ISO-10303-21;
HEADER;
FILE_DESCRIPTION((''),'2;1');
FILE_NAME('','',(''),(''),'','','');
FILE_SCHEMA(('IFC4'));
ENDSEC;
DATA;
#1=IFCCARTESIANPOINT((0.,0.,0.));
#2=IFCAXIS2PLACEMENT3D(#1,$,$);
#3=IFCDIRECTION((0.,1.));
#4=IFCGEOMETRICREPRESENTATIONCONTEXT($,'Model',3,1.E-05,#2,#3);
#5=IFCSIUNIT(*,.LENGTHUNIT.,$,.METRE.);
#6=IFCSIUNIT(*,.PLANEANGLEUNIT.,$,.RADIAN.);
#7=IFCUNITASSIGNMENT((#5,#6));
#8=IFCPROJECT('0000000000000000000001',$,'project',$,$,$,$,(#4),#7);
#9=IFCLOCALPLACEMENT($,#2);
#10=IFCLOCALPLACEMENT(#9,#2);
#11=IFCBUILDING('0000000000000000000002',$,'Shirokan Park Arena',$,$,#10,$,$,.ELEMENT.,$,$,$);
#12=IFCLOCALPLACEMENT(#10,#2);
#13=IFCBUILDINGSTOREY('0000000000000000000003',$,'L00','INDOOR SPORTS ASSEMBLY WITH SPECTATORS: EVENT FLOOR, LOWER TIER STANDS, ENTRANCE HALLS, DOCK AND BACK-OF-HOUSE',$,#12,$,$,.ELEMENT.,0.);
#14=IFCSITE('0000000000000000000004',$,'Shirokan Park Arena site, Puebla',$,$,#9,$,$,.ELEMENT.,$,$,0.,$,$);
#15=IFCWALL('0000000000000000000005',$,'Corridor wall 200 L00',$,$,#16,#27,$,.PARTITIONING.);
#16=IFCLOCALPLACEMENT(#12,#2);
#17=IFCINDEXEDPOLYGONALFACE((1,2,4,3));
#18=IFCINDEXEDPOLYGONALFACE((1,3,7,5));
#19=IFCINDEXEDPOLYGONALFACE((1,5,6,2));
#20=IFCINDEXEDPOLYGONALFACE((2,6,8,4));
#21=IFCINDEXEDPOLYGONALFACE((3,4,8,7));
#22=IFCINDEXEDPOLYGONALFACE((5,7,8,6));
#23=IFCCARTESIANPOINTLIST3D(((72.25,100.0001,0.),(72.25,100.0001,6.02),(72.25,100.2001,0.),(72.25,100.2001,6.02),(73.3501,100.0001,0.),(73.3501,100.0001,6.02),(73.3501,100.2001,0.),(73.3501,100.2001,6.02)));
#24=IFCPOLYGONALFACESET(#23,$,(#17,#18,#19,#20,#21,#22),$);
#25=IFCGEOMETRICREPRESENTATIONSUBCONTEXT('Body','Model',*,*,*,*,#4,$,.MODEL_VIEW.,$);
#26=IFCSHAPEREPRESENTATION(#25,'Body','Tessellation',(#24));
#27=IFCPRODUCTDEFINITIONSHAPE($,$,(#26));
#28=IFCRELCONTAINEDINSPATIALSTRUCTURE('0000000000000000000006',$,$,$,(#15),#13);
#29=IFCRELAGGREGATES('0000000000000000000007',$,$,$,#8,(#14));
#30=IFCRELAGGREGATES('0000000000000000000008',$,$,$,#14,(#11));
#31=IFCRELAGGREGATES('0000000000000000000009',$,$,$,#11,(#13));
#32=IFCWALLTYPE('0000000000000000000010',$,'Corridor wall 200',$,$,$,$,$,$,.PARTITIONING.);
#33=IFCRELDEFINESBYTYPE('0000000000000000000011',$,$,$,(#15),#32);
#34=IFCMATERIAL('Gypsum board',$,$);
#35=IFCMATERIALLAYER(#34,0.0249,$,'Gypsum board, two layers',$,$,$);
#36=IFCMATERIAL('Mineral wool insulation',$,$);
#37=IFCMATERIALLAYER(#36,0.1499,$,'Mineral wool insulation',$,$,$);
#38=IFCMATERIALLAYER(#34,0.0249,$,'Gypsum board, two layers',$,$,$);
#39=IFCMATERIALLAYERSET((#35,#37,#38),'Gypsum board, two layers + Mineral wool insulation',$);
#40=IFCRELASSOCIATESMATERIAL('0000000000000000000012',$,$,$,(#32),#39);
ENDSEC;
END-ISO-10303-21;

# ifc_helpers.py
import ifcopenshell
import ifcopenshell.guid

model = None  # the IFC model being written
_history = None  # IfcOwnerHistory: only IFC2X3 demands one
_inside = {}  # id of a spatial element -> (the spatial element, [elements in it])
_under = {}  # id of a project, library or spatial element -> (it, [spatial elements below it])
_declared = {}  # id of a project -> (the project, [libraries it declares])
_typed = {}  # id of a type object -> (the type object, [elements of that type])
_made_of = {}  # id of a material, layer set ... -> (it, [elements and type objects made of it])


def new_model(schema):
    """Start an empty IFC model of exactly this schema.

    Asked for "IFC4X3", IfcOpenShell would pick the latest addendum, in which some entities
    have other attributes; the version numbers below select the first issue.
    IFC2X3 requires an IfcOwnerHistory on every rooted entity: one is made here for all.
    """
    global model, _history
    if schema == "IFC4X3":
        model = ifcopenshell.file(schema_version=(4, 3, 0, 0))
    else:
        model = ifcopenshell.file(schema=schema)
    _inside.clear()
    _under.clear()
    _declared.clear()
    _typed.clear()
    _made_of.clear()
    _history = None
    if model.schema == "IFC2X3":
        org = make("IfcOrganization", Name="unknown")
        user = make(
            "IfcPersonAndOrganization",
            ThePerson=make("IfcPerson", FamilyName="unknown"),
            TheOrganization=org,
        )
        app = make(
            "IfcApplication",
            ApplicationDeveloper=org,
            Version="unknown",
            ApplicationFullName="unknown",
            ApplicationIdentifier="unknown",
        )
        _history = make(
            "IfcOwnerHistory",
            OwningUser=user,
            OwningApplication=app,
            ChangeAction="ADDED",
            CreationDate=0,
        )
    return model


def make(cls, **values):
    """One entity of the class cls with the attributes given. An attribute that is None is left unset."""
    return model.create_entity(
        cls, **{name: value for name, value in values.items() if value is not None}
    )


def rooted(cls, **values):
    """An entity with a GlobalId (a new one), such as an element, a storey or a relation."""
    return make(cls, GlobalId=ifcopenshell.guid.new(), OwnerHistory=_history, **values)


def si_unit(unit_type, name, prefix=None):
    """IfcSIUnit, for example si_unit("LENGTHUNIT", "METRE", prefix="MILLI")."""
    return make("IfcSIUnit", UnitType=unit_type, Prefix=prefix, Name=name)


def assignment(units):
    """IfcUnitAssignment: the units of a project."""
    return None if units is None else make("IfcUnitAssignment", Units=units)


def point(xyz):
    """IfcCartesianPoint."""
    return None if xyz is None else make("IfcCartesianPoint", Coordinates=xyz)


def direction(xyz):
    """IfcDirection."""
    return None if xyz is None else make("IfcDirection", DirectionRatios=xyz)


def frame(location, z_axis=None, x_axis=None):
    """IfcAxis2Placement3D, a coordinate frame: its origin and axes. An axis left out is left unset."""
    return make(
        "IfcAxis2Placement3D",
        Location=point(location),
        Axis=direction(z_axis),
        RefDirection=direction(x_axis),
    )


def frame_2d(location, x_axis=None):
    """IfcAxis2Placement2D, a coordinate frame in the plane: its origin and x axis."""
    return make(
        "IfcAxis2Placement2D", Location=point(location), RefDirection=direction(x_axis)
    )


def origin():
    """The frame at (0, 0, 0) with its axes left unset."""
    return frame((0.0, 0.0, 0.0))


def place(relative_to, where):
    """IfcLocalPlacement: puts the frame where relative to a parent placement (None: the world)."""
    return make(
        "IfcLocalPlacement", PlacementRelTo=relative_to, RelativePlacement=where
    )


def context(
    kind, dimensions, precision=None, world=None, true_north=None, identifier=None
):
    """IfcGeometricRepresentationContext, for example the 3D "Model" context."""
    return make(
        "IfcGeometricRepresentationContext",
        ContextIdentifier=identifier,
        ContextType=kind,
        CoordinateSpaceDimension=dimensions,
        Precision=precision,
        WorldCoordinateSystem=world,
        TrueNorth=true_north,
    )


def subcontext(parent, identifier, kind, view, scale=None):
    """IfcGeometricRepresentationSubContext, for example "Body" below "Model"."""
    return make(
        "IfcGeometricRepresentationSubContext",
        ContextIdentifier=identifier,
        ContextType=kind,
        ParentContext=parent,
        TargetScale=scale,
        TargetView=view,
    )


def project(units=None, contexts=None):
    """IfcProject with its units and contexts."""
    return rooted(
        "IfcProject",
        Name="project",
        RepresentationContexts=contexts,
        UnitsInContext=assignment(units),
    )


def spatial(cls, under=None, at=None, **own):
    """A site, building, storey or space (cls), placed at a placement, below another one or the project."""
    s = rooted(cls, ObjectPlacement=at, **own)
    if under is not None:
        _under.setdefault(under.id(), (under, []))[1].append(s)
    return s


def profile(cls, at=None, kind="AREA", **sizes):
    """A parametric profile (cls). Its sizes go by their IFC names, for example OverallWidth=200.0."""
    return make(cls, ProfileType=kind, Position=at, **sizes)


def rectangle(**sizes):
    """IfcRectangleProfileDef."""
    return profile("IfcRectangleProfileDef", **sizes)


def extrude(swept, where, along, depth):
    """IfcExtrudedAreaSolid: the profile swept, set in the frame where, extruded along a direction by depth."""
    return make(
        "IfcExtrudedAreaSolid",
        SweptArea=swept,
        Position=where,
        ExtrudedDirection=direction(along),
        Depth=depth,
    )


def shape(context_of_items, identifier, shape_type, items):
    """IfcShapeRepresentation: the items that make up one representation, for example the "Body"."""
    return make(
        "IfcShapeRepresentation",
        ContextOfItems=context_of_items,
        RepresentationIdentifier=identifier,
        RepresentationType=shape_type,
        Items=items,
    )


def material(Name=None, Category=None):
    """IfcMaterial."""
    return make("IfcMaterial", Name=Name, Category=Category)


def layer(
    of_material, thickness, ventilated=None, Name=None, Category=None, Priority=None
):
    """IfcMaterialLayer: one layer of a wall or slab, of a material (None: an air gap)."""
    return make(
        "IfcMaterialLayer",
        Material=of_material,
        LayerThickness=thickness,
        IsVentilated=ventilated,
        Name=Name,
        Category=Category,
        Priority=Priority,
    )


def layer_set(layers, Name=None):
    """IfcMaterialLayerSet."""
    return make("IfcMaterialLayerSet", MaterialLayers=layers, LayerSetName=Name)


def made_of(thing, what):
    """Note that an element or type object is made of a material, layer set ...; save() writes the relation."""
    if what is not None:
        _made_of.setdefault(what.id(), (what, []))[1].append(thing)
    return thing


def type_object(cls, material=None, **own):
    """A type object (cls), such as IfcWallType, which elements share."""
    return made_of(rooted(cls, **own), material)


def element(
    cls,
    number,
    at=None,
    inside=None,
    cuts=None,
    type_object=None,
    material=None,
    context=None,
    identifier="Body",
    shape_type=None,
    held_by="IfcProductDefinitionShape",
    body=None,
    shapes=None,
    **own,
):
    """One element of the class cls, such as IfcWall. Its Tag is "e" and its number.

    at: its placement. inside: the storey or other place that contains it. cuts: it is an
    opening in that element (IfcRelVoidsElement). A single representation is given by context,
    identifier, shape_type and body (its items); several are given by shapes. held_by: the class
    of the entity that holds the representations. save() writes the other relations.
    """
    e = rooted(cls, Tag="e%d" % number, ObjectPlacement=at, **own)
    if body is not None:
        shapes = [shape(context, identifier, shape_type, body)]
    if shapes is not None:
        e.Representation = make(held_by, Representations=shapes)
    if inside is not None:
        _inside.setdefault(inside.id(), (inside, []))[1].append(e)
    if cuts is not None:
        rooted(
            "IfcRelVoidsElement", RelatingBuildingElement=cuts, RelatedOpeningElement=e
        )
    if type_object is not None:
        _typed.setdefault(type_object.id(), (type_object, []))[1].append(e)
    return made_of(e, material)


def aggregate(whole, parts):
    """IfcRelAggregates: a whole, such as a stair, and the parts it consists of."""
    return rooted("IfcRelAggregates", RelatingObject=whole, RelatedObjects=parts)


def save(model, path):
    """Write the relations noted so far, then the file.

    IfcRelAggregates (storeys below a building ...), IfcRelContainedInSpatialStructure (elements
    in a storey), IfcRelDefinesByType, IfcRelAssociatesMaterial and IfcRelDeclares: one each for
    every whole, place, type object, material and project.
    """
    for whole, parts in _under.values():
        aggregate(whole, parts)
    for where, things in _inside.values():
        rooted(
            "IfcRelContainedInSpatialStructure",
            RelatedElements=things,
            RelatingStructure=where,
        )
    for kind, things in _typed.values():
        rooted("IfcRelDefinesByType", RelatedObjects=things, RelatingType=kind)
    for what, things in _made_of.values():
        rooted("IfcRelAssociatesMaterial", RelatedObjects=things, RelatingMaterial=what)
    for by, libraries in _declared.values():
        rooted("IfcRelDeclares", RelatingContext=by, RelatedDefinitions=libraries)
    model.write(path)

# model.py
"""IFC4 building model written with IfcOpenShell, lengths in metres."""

from ifc_helpers import new_model, si_unit, direction, frame, frame_2d, origin, place, context, subcontext, project, spatial, rectangle, extrude, material, layer, layer_set, type_object, element, save


model = new_model("IFC4")

# Units and contexts
model_context = context("Model", 3, precision=1e-05, world=origin(), true_north=direction((0.0, 1.0)))
body_context = subcontext(model_context, "Body", "Model", "MODEL_VIEW")
ifc_project = project(units=[si_unit("LENGTHUNIT", "METRE"), si_unit("PLANEANGLEUNIT", "RADIAN")], contexts=[model_context])

# Site, building, storey
site_placement = place(None, origin())
site = spatial("IfcSite", under=ifc_project, at=site_placement, Name="Shirokan Park Arena site, Puebla", CompositionType="ELEMENT", RefElevation=0.0)
building_placement = place(site_placement, origin())
building = spatial("IfcBuilding", under=site, at=building_placement, Name="Shirokan Park Arena", CompositionType="ELEMENT")
storey_placement = place(building_placement, origin())
storey = spatial("IfcBuildingStorey", under=building, at=storey_placement, Name="L00", Description="INDOOR SPORTS ASSEMBLY WITH SPECTATORS: EVENT FLOOR, LOWER TIER STANDS, ENTRANCE HALLS, DOCK AND BACK-OF-HOUSE", CompositionType="ELEMENT", Elevation=0.0)

# Shared definitions
ifc_material_1 = material(Name="Mineral wool insulation")

# Wall
ifc_material_2 = material(Name="Gypsum board")
ifc_layer_1 = layer(ifc_material_2, 0.0249, Name="Gypsum board, two layers")
ifc_layer_2 = layer(ifc_material_1, 0.1499, Name="Mineral wool insulation")
ifc_layer_3 = layer(ifc_material_2, 0.0249, Name="Gypsum board, two layers")
ifc_layer_set_1 = layer_set([ifc_layer_1, ifc_layer_2, ifc_layer_3], Name="Gypsum board, two layers + Mineral wool insulation")
wall_type_1 = type_object("IfcWallType", Name="Corridor wall 200", PredefinedType="PARTITIONING", material=ifc_layer_set_1)
wall_1_placement = place(storey_placement, frame((72.25, 100.1001, 0.0), z_axis=(0.0, 0.0, 1.0), x_axis=(1.0, 0.0, 0.0)))
element("IfcWall", 1, at=wall_1_placement, inside=storey, type_object=wall_type_1, Name="Corridor wall 200 L00", PredefinedType="PARTITIONING", context=body_context, shape_type="SweptSolid", body=[
    extrude(rectangle(XDim=1.1001, YDim=0.2, at=frame_2d((0.55, 0.0))), origin(), (0.0, 0.0, 1.0), 6.02),
])

save(model, "model.ifc")
